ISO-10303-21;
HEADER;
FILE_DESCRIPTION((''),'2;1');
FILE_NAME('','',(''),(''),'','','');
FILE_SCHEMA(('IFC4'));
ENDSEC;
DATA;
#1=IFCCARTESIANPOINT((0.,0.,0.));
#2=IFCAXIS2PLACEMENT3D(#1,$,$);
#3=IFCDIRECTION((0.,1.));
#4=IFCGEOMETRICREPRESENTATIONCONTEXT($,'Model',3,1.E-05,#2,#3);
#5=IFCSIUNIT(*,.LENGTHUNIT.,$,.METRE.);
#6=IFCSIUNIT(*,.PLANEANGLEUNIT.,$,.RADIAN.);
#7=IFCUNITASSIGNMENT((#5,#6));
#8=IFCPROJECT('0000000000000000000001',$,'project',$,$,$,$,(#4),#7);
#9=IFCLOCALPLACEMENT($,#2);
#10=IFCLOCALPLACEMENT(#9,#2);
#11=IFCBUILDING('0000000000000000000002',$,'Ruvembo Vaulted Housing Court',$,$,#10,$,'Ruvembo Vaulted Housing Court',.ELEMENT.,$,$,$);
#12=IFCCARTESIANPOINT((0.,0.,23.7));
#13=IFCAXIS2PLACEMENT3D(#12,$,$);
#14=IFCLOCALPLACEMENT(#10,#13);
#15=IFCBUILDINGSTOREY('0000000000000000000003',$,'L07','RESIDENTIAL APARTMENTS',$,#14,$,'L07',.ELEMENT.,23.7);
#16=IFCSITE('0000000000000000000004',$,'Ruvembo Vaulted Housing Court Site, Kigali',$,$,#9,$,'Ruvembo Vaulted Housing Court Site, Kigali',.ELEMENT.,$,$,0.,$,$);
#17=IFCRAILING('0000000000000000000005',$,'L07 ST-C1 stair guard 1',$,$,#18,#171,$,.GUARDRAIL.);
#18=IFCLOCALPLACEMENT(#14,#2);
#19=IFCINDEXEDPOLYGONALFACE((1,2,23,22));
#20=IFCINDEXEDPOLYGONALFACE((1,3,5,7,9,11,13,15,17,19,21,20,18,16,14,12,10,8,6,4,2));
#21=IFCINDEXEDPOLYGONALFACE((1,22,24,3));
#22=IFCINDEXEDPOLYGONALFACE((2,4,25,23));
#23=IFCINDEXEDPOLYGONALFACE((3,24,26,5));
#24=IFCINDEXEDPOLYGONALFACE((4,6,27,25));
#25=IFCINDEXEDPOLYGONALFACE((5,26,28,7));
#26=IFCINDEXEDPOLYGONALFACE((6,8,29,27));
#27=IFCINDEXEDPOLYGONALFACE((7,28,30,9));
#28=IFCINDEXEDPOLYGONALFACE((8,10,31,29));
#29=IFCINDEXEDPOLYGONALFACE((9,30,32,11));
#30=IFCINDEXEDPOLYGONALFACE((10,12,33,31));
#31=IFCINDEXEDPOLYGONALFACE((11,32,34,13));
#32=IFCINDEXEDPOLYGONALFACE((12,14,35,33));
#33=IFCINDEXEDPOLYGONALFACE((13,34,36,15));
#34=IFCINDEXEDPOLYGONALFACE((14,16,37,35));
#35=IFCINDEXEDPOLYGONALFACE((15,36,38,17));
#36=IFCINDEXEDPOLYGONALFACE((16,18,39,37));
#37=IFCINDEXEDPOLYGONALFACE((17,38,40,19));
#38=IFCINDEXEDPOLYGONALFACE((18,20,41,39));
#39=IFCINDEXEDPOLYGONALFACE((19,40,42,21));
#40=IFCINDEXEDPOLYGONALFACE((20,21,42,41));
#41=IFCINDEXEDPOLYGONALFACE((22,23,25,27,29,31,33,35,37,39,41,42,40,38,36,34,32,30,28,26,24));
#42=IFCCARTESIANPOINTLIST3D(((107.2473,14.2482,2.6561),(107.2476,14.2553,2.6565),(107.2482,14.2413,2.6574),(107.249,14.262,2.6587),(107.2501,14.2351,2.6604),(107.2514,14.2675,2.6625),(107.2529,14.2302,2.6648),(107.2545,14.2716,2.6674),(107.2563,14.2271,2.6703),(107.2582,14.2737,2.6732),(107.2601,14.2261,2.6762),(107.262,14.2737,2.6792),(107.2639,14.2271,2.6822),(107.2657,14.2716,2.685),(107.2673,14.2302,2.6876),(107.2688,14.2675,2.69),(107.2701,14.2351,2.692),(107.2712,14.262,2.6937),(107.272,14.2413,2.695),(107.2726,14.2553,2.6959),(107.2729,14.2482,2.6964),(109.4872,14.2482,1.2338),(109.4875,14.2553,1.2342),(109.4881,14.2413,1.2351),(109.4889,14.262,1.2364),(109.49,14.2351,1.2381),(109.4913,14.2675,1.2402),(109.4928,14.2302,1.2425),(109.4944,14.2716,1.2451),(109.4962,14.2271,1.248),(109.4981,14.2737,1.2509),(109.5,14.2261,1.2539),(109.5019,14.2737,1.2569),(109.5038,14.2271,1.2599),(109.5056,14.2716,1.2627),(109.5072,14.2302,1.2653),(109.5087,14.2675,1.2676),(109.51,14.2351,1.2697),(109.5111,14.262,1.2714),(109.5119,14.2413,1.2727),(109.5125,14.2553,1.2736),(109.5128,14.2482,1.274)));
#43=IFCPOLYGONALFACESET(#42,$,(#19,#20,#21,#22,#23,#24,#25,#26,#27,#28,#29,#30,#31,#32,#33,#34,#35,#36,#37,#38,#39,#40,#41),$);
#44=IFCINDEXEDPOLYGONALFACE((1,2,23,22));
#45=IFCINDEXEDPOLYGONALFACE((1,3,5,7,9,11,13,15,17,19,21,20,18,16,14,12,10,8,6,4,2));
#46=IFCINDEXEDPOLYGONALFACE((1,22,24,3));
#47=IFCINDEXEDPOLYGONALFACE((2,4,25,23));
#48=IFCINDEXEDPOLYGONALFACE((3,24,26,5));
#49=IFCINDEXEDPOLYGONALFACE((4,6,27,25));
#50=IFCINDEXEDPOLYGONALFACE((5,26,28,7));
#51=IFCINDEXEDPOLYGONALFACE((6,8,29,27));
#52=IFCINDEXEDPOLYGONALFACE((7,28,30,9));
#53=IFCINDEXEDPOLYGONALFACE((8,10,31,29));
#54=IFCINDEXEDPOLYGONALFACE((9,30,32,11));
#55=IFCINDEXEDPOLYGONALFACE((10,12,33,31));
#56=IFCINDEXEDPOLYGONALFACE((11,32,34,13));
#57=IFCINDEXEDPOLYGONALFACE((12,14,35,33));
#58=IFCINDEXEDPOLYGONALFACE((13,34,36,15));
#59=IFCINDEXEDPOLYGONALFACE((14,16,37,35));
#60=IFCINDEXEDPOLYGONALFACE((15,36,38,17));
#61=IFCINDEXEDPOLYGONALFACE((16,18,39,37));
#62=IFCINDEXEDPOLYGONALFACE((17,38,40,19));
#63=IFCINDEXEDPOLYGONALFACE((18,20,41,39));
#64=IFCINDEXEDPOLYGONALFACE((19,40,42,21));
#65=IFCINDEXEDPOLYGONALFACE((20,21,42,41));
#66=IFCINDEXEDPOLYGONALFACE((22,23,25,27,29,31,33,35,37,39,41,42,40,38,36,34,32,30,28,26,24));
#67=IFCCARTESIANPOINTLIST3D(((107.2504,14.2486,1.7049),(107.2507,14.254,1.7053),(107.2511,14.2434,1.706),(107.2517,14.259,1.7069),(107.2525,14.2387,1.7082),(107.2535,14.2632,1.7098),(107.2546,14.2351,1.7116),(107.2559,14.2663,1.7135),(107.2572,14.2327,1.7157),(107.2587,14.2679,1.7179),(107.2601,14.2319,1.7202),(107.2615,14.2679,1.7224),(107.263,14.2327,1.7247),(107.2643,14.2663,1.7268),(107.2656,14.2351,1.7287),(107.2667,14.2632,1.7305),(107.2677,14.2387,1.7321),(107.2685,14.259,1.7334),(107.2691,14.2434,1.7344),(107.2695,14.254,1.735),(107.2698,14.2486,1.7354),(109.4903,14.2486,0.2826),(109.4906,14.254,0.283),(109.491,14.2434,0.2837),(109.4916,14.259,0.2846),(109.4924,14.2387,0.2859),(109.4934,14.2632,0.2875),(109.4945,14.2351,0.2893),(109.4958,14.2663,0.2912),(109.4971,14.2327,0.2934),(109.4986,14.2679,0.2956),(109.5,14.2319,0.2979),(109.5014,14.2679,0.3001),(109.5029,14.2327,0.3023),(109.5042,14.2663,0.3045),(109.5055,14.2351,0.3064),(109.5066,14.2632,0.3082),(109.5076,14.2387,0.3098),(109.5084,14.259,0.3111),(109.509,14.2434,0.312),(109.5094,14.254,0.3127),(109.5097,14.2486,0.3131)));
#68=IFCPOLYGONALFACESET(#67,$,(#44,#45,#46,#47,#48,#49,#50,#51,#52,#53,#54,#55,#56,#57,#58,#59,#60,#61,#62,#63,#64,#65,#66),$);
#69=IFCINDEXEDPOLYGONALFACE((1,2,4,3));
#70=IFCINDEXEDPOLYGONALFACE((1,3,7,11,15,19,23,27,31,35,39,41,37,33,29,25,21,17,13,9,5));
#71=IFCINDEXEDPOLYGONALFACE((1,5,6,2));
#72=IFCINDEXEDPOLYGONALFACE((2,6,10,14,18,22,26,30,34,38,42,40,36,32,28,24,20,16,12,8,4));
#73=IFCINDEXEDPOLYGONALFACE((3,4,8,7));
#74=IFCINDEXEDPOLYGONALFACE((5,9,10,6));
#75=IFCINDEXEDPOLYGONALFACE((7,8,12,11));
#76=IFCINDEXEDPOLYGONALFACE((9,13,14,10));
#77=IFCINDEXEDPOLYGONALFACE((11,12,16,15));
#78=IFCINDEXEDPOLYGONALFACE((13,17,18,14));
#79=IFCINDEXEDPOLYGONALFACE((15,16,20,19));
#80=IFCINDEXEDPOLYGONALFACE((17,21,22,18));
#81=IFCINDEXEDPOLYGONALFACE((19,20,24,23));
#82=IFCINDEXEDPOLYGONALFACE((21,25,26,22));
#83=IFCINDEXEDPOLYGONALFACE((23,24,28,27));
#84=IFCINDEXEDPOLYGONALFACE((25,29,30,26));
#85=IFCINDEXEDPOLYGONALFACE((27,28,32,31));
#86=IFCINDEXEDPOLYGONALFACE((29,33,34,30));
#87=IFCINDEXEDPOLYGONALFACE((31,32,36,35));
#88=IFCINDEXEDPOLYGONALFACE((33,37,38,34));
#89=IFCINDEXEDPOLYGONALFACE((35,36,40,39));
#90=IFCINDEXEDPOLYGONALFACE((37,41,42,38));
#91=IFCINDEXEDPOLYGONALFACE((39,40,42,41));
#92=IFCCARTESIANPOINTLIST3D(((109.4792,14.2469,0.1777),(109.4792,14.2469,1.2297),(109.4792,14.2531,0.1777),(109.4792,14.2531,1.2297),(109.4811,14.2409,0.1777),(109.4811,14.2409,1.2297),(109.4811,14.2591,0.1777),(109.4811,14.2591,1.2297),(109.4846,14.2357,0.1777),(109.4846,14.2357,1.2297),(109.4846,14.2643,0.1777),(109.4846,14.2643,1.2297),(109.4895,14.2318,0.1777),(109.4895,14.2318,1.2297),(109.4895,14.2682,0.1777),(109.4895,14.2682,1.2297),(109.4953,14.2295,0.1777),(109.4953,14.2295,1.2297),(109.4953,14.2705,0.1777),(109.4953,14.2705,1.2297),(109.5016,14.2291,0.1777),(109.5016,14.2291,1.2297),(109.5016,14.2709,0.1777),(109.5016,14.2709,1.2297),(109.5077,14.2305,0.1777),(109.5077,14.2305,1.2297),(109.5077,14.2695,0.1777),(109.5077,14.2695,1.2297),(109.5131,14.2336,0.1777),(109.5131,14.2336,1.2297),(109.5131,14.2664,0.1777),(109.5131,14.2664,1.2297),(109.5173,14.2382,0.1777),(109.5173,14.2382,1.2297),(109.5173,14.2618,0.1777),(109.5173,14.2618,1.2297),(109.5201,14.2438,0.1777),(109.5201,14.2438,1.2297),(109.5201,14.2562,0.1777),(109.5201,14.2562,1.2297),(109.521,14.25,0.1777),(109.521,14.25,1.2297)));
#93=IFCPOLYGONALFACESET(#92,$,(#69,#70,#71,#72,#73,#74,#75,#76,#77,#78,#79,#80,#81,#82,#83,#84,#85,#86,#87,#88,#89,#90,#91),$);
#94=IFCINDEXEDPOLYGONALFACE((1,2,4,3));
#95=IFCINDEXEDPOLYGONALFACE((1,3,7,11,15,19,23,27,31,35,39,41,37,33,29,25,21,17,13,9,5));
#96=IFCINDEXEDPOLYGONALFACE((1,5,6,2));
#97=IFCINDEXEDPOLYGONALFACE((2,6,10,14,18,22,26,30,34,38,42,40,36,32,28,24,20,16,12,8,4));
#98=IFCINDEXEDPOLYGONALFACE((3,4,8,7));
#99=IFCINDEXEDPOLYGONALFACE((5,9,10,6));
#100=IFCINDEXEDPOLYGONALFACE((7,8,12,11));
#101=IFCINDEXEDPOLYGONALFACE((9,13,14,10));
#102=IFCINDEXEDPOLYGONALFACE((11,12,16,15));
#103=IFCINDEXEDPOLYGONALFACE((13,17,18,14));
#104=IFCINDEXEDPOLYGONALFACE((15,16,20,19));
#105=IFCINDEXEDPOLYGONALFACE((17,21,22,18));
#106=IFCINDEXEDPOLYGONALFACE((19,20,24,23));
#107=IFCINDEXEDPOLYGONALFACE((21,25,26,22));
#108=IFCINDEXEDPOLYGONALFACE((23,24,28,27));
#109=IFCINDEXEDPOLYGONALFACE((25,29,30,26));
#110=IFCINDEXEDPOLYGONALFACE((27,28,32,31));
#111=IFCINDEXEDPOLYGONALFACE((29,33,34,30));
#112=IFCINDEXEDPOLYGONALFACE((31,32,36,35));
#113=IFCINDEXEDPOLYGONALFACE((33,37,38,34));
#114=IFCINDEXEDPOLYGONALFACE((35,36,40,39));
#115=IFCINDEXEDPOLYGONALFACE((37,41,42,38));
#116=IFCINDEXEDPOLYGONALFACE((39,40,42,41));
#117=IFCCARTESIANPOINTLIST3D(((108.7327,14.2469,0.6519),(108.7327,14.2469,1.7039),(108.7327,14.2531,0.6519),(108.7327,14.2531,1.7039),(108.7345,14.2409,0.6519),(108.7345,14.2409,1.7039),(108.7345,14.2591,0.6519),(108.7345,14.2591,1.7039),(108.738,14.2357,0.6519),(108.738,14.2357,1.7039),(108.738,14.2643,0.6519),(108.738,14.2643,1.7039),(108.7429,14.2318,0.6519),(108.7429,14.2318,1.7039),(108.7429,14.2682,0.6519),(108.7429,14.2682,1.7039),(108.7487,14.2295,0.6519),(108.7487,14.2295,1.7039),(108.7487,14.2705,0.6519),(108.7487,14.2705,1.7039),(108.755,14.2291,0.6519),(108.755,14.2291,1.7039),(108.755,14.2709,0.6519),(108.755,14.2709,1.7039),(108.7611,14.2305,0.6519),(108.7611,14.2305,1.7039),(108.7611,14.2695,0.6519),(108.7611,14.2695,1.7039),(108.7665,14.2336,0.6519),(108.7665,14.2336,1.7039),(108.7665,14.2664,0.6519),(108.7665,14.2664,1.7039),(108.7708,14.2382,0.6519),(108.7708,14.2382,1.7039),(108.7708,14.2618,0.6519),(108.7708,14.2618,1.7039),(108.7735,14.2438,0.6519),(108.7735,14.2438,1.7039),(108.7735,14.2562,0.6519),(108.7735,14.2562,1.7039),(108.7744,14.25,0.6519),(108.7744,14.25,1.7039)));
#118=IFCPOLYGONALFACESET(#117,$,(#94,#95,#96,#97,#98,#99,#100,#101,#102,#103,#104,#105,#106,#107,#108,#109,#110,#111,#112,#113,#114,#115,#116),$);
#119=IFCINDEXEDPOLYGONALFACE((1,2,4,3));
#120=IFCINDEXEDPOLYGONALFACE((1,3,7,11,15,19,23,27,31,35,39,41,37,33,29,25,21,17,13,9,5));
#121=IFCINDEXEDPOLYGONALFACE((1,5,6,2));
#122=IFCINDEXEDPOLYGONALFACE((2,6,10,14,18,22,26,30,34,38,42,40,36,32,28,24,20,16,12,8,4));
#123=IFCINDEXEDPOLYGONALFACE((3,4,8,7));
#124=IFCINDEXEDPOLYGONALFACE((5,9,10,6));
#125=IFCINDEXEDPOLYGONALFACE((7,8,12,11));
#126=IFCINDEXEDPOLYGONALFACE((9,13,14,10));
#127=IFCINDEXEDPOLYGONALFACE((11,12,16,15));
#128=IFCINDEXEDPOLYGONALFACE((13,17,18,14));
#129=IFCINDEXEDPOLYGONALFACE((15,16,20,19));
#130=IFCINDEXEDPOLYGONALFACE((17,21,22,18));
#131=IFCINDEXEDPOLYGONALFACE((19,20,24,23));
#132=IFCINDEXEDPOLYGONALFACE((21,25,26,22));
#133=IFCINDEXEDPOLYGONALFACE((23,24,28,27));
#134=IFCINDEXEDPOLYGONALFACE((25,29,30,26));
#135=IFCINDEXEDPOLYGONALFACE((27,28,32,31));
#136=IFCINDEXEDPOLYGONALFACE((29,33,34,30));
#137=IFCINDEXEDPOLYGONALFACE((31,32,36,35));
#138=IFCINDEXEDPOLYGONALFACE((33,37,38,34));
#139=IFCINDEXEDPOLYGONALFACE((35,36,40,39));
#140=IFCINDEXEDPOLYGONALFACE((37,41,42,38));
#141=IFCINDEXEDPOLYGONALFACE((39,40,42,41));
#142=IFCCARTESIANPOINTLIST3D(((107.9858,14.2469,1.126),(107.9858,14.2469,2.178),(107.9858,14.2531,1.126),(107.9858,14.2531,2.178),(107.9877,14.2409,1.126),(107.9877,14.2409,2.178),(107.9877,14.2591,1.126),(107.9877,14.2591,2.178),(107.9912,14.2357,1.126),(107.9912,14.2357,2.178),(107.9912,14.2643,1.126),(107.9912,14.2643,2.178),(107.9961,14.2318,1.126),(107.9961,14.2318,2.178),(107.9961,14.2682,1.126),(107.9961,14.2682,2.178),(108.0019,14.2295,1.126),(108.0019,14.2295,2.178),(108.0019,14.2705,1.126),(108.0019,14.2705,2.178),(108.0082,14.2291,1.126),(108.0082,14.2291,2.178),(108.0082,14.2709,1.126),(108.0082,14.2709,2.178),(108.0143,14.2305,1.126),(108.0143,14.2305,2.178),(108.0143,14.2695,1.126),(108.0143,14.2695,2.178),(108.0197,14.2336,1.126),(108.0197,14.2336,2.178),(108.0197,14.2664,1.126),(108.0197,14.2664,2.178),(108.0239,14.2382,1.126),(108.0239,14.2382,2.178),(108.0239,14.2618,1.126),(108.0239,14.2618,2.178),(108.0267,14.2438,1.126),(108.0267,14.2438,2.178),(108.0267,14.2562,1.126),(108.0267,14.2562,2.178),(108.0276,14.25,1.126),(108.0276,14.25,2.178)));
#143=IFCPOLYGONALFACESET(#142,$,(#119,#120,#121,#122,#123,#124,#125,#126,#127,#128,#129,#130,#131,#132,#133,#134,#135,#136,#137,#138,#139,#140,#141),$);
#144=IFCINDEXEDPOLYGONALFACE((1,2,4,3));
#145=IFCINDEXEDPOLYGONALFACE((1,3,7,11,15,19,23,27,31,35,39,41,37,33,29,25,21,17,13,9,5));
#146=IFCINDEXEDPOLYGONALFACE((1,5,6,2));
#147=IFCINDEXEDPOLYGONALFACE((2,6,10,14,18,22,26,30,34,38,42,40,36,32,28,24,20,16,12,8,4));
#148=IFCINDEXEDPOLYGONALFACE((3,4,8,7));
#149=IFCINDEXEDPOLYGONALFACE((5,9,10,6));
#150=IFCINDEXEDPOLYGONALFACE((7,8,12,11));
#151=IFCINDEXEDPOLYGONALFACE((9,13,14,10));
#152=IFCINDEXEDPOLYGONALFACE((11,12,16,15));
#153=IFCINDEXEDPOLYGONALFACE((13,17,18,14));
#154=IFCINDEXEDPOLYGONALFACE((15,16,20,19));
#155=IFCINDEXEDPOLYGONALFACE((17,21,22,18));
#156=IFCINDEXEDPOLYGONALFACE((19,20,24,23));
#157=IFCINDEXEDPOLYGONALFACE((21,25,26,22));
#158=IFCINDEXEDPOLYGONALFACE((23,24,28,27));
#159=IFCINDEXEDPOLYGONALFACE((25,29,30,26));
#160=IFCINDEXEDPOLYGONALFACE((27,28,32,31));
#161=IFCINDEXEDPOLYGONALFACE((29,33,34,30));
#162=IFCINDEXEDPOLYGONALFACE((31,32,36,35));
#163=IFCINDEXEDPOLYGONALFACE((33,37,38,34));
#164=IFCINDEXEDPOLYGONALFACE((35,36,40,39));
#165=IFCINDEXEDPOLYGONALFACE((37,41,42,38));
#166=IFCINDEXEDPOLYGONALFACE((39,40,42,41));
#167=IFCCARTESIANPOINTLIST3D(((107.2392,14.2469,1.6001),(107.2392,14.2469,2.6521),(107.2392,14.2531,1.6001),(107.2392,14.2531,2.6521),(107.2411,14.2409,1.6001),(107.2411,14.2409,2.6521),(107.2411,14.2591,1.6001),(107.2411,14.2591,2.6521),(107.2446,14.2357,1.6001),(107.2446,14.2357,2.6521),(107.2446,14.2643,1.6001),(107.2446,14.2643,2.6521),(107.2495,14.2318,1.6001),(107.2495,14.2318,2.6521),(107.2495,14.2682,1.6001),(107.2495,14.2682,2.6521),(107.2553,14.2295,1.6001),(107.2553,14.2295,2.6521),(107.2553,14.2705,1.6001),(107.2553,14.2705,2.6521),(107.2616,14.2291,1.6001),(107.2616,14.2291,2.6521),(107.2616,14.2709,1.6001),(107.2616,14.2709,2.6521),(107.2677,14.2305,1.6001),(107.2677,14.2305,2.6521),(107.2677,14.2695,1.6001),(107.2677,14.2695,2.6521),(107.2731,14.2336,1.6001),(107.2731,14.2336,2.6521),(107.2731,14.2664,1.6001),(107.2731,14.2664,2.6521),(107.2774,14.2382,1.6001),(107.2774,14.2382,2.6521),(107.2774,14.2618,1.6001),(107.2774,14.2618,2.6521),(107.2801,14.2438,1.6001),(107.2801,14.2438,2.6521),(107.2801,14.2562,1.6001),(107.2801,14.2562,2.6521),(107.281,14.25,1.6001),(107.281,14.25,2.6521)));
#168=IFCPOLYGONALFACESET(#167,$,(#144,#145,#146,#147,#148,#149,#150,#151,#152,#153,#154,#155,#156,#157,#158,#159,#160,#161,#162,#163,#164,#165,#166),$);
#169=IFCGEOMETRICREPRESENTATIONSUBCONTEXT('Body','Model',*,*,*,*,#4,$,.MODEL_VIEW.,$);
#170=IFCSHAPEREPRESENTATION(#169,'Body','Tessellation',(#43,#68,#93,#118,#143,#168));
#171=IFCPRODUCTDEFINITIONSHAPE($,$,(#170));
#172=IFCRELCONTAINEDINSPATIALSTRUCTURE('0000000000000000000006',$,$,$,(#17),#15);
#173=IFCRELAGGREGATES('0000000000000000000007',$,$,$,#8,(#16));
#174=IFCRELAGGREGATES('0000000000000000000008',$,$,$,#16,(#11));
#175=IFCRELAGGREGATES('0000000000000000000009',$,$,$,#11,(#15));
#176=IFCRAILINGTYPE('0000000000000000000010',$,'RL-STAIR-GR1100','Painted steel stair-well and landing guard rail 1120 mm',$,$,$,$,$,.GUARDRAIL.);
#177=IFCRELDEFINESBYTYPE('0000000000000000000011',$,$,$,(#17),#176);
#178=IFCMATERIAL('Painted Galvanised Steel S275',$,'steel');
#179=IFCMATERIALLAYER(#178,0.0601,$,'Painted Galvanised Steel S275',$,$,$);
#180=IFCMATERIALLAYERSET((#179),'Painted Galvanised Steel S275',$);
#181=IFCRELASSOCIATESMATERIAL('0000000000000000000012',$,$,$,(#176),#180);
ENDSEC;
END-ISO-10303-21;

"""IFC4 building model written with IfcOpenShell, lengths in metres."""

from ifc_helpers import new_model, si_unit, direction, frame, origin, origin_2d, place, context, subcontext, project, spatial, circle, extrude, material, layer, layer_set, type_object, element, save


model = new_model("IFC4")

# Units and contexts
model_context = context("Model", 3, precision=1e-05, world=origin(), true_north=direction((0.0, 1.0)))
body_context = subcontext(model_context, "Body", "Model", "MODEL_VIEW")
ifc_project = project(units=[si_unit("LENGTHUNIT", "METRE"), si_unit("PLANEANGLEUNIT", "RADIAN")], contexts=[model_context])

# Site, building, storey
site_placement = place(None, origin())
site = spatial("IfcSite", under=ifc_project, at=site_placement, Name="Ruvembo Vaulted Housing Court Site, Kigali", LongName="Ruvembo Vaulted Housing Court Site, Kigali", CompositionType="ELEMENT", RefElevation=0.0)
building_placement = place(site_placement, origin())
building = spatial("IfcBuilding", under=site, at=building_placement, Name="Ruvembo Vaulted Housing Court", LongName="Ruvembo Vaulted Housing Court", CompositionType="ELEMENT")
storey_placement = place(building_placement, frame((0.0, 0.0, 23.7)))
storey = spatial("IfcBuildingStorey", under=building, at=storey_placement, Name="L07", Description="RESIDENTIAL APARTMENTS", LongName="L07", CompositionType="ELEMENT", Elevation=23.7)

# Railing
ifc_material_1 = material(Name="Painted Galvanised Steel S275", Category="steel")
ifc_layer_1 = layer(ifc_material_1, 0.0601, Name="Painted Galvanised Steel S275")
ifc_layer_set_1 = layer_set([ifc_layer_1], Name="Painted Galvanised Steel S275")
railing_type_1 = type_object("IfcRailingType", Name="RL-STAIR-GR1100", Description="Painted steel stair-well and landing guard rail 1120 mm", PredefinedType="GUARDRAIL", material=ifc_layer_set_1)
railing_1_placement = place(storey_placement, frame((109.5, 14.25, 0.1777)))
element("IfcRailing", 1, at=railing_1_placement, inside=storey, type_object=railing_type_1, Name="L07 ST-C1 stair guard 1", PredefinedType="GUARDRAIL", context=body_context, shape_type="SweptSolid", body=[
    extrude(circle(Radius=0.0239, at=origin_2d()), frame((0.0, 0.0, 1.0762), z_axis=(-0.844188, 0.0, 0.536048), x_axis=(0.0, -1.0, 0.0)), (0.0, 0.0, 1.0), 2.6533),
    extrude(circle(Radius=0.0181, at=origin_2d()), frame((0.0, 0.0, 0.1201), z_axis=(-0.844188, 0.0, 0.536048), x_axis=(0.0, -1.0, 0.0)), (0.0, 0.0, 1.0), 2.6533),
    extrude(circle(Radius=0.021, at=origin_2d()), origin(), (0.0, 0.0, 1.0), 1.052),
    extrude(circle(Radius=0.021, at=origin_2d()), frame((-0.7466, 0.0, 0.4741)), (0.0, 0.0, 1.0), 1.052),
    extrude(circle(Radius=0.021, at=origin_2d()), frame((-1.4934, 0.0, 0.9482)), (0.0, 0.0, 1.0), 1.052),
    extrude(circle(Radius=0.021, at=origin_2d()), frame((-2.24, 0.0, 1.4224)), (0.0, 0.0, 1.0), 1.052),
])

save(model, "model.ifc")
